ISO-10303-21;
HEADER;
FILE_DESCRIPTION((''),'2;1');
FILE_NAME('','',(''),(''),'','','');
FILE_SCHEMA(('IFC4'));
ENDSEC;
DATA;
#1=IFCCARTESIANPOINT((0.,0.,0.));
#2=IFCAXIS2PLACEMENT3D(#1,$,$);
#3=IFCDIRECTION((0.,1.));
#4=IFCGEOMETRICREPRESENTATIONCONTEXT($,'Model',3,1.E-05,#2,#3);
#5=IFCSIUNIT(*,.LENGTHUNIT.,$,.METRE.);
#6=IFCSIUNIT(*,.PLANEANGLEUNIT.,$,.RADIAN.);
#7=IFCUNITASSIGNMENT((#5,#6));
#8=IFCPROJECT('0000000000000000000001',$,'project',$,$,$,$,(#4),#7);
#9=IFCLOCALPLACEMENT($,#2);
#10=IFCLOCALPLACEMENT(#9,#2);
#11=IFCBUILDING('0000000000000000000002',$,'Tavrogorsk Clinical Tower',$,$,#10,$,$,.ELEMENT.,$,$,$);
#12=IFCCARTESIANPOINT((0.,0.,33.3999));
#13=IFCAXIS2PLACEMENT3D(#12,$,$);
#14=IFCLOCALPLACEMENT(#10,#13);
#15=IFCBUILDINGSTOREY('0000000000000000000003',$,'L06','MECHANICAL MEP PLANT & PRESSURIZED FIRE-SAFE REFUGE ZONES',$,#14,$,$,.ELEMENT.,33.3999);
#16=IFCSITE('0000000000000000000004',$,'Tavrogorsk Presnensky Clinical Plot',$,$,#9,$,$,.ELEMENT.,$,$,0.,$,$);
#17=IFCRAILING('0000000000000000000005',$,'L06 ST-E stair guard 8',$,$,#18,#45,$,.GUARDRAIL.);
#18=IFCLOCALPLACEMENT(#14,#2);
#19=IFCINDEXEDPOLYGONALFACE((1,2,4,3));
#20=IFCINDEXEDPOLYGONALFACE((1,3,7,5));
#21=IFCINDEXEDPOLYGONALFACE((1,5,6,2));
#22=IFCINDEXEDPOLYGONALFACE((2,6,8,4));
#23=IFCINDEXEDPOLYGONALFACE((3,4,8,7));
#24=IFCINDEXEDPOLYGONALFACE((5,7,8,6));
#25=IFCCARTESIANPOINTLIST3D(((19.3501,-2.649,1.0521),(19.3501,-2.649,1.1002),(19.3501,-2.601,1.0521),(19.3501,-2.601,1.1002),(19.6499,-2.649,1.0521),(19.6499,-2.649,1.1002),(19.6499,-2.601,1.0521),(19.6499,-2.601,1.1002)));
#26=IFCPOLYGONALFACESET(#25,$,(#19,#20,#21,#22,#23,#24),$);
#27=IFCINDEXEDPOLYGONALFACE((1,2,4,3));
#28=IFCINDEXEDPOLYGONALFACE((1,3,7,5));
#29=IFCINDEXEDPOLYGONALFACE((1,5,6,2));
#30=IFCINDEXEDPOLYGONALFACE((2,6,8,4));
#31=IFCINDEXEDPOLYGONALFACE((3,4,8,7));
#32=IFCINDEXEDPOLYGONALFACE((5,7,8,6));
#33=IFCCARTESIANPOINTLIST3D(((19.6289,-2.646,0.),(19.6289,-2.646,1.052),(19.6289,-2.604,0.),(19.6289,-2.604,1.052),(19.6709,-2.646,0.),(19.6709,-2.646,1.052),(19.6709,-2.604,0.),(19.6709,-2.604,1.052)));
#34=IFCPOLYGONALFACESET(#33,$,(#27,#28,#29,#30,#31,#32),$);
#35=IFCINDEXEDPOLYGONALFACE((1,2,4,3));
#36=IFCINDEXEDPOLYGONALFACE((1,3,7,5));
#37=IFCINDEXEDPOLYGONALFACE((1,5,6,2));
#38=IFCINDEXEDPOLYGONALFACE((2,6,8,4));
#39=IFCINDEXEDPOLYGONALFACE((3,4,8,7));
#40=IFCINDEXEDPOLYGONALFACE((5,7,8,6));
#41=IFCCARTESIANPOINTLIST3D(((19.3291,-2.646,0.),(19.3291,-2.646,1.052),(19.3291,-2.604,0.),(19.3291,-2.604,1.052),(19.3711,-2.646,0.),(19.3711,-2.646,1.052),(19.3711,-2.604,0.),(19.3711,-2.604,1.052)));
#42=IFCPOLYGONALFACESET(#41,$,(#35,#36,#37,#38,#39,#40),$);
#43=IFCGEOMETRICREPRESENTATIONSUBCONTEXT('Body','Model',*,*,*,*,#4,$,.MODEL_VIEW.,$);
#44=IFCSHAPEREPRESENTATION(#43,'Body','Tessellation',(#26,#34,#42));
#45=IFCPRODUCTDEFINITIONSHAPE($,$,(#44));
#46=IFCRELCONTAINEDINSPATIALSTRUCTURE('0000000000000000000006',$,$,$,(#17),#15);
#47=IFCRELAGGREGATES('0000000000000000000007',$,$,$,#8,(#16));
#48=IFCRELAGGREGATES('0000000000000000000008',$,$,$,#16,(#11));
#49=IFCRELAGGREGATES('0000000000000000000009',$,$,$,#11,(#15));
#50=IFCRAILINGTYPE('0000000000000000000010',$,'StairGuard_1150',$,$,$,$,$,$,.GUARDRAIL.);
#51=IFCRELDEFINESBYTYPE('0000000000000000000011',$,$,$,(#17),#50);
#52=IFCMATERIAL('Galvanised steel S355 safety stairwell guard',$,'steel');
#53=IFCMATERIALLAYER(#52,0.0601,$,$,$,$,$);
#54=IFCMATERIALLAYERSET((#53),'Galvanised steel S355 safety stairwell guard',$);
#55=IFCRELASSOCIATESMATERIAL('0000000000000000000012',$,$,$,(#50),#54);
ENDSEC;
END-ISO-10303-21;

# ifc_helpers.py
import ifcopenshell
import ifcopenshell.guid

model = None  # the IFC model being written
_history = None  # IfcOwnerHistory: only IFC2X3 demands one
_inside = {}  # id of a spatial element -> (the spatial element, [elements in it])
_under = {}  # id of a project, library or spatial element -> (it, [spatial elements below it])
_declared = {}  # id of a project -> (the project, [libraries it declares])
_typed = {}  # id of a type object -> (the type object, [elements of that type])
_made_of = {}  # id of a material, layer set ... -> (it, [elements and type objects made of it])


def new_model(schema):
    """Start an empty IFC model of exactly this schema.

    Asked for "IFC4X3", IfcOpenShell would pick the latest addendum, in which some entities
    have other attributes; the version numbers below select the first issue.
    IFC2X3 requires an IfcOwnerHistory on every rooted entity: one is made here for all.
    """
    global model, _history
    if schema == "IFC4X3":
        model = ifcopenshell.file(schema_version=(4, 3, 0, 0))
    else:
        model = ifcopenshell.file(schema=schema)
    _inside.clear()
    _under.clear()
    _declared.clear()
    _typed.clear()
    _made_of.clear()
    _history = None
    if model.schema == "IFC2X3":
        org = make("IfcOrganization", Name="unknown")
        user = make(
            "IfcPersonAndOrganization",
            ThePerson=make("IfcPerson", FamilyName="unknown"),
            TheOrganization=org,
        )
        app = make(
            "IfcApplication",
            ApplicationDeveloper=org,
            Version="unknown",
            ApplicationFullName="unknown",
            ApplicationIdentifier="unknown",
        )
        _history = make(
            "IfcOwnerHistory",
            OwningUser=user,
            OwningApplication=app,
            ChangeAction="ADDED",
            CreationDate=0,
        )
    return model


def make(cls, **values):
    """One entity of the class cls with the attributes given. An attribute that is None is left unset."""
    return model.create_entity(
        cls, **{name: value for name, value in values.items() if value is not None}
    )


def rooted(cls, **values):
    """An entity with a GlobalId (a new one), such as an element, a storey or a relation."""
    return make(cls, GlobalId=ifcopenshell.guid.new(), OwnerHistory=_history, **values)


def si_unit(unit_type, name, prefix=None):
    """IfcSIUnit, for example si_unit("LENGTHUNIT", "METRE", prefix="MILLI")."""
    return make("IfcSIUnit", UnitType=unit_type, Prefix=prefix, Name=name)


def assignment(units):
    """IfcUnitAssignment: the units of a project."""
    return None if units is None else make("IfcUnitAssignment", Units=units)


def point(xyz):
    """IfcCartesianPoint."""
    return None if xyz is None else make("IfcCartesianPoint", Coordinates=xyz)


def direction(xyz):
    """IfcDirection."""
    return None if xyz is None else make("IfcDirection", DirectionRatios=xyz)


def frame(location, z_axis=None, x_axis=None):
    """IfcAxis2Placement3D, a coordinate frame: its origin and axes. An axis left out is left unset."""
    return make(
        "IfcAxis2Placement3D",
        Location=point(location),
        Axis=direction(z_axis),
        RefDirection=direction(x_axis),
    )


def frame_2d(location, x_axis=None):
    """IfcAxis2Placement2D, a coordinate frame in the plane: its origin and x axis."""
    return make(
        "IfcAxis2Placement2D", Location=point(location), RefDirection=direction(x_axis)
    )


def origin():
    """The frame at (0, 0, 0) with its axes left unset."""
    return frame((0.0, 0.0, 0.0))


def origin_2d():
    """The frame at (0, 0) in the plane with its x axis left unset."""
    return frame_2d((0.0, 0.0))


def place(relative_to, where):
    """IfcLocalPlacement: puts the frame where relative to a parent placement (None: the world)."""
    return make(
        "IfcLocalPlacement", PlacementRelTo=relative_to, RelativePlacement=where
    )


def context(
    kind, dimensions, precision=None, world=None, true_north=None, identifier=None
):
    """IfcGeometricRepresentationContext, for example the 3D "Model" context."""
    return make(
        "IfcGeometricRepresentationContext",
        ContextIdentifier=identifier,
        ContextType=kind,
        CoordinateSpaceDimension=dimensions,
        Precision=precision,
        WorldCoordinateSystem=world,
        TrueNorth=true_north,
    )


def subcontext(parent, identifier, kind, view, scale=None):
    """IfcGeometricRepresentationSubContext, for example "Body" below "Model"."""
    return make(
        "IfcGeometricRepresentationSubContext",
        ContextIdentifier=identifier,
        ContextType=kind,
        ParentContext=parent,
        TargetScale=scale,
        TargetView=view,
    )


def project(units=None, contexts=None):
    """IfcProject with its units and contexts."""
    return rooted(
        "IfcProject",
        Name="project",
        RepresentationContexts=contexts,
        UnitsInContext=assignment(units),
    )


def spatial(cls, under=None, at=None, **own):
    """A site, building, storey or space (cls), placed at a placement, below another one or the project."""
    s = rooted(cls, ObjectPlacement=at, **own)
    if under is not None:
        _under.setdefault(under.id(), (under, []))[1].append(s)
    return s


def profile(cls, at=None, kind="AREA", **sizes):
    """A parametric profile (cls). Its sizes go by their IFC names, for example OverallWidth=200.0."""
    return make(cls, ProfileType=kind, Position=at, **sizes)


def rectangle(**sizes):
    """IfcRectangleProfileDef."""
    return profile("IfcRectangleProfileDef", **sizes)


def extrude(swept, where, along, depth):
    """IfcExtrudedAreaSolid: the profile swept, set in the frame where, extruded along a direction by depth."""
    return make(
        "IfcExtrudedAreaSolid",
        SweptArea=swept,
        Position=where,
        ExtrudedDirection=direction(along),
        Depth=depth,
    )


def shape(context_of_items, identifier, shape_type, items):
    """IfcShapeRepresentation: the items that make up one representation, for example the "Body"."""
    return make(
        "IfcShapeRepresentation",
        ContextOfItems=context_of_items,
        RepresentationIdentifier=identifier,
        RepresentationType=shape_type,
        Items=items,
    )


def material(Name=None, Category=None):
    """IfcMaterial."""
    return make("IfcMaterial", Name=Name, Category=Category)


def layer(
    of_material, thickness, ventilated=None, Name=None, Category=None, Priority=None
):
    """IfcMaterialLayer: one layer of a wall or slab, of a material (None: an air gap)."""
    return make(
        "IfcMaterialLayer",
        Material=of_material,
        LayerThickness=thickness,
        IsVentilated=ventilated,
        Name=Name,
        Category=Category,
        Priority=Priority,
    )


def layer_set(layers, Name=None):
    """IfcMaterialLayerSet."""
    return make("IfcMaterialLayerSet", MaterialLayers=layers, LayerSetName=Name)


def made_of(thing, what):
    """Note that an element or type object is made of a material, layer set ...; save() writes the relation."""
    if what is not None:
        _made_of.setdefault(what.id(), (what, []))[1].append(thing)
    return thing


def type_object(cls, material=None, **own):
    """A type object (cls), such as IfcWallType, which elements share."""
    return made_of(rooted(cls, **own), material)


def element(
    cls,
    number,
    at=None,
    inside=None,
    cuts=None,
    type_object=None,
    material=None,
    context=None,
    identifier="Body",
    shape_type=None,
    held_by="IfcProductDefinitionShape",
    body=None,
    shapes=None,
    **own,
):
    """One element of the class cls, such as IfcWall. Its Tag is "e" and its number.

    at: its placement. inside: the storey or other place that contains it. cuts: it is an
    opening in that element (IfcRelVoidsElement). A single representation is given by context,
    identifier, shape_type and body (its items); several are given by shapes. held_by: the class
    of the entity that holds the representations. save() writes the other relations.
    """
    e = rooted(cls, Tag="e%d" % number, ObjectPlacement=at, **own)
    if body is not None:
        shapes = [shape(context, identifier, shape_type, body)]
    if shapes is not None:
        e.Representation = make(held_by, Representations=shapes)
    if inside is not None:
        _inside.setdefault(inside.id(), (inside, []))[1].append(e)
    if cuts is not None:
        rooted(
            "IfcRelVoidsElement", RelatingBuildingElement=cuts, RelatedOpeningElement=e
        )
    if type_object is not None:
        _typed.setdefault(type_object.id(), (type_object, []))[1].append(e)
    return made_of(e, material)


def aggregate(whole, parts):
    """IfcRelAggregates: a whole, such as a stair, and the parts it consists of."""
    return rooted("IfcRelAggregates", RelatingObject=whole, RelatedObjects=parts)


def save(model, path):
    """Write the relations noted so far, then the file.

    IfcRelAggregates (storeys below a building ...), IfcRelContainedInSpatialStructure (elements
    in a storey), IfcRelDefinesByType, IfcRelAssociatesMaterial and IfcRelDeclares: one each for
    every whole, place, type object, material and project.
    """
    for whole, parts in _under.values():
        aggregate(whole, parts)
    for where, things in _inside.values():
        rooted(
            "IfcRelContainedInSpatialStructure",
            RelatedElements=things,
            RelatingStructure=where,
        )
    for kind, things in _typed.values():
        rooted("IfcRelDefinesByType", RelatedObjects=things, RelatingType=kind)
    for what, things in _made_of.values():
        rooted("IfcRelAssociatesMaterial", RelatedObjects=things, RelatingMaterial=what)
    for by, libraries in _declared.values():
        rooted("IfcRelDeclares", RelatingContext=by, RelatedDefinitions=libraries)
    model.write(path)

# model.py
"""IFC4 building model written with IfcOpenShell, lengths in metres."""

from ifc_helpers import new_model, si_unit, direction, frame, origin, origin_2d, place, context, subcontext, project, spatial, rectangle, extrude, material, layer, layer_set, type_object, element, save


model = new_model("IFC4")

# Units and contexts
model_context = context("Model", 3, precision=1e-05, world=origin(), true_north=direction((0.0, 1.0)))
body_context = subcontext(model_context, "Body", "Model", "MODEL_VIEW")
ifc_project = project(units=[si_unit("LENGTHUNIT", "METRE"), si_unit("PLANEANGLEUNIT", "RADIAN")], contexts=[model_context])

# Site, building, storey
site_placement = place(None, origin())
site = spatial("IfcSite", under=ifc_project, at=site_placement, Name="Tavrogorsk Presnensky Clinical Plot", CompositionType="ELEMENT", RefElevation=0.0)
building_placement = place(site_placement, origin())
building = spatial("IfcBuilding", under=site, at=building_placement, Name="Tavrogorsk Clinical Tower", CompositionType="ELEMENT")
storey_placement = place(building_placement, frame((0.0, 0.0, 33.3999)))
storey = spatial("IfcBuildingStorey", under=building, at=storey_placement, Name="L06", Description="MECHANICAL MEP PLANT & PRESSURIZED FIRE-SAFE REFUGE ZONES", CompositionType="ELEMENT", Elevation=33.3999)

# Railing
ifc_material_1 = material(Name="Galvanised steel S355 safety stairwell guard", Category="steel")
ifc_layer_1 = layer(ifc_material_1, 0.0601)
ifc_layer_set_1 = layer_set([ifc_layer_1], Name="Galvanised steel S355 safety stairwell guard")
railing_type = type_object("IfcRailingType", Name="StairGuard_1150", PredefinedType="GUARDRAIL", material=ifc_layer_set_1)
railing_1_placement = place(storey_placement, frame((19.6499, -2.625, 0.0)))
element("IfcRailing", 1, at=railing_1_placement, inside=storey, type_object=railing_type, Name="L06 ST-E stair guard 8", PredefinedType="GUARDRAIL", context=body_context, shape_type="SweptSolid", body=[
    extrude(rectangle(XDim=0.0481, YDim=0.0481, at=origin_2d()), frame((0.0, 0.0, 1.0762), z_axis=(-1.0, 0.0, 0.0), x_axis=(0.0, -1.0, 0.0)), (0.0, 0.0, 1.0), 0.2998),
    extrude(rectangle(XDim=0.042, YDim=0.042, at=origin_2d()), origin(), (0.0, 0.0, 1.0), 1.052),
    extrude(rectangle(XDim=0.042, YDim=0.042, at=origin_2d()), frame((-0.2998, 0.0, 0.0)), (0.0, 0.0, 1.0), 1.052),
])

save(model, "model.ifc")
